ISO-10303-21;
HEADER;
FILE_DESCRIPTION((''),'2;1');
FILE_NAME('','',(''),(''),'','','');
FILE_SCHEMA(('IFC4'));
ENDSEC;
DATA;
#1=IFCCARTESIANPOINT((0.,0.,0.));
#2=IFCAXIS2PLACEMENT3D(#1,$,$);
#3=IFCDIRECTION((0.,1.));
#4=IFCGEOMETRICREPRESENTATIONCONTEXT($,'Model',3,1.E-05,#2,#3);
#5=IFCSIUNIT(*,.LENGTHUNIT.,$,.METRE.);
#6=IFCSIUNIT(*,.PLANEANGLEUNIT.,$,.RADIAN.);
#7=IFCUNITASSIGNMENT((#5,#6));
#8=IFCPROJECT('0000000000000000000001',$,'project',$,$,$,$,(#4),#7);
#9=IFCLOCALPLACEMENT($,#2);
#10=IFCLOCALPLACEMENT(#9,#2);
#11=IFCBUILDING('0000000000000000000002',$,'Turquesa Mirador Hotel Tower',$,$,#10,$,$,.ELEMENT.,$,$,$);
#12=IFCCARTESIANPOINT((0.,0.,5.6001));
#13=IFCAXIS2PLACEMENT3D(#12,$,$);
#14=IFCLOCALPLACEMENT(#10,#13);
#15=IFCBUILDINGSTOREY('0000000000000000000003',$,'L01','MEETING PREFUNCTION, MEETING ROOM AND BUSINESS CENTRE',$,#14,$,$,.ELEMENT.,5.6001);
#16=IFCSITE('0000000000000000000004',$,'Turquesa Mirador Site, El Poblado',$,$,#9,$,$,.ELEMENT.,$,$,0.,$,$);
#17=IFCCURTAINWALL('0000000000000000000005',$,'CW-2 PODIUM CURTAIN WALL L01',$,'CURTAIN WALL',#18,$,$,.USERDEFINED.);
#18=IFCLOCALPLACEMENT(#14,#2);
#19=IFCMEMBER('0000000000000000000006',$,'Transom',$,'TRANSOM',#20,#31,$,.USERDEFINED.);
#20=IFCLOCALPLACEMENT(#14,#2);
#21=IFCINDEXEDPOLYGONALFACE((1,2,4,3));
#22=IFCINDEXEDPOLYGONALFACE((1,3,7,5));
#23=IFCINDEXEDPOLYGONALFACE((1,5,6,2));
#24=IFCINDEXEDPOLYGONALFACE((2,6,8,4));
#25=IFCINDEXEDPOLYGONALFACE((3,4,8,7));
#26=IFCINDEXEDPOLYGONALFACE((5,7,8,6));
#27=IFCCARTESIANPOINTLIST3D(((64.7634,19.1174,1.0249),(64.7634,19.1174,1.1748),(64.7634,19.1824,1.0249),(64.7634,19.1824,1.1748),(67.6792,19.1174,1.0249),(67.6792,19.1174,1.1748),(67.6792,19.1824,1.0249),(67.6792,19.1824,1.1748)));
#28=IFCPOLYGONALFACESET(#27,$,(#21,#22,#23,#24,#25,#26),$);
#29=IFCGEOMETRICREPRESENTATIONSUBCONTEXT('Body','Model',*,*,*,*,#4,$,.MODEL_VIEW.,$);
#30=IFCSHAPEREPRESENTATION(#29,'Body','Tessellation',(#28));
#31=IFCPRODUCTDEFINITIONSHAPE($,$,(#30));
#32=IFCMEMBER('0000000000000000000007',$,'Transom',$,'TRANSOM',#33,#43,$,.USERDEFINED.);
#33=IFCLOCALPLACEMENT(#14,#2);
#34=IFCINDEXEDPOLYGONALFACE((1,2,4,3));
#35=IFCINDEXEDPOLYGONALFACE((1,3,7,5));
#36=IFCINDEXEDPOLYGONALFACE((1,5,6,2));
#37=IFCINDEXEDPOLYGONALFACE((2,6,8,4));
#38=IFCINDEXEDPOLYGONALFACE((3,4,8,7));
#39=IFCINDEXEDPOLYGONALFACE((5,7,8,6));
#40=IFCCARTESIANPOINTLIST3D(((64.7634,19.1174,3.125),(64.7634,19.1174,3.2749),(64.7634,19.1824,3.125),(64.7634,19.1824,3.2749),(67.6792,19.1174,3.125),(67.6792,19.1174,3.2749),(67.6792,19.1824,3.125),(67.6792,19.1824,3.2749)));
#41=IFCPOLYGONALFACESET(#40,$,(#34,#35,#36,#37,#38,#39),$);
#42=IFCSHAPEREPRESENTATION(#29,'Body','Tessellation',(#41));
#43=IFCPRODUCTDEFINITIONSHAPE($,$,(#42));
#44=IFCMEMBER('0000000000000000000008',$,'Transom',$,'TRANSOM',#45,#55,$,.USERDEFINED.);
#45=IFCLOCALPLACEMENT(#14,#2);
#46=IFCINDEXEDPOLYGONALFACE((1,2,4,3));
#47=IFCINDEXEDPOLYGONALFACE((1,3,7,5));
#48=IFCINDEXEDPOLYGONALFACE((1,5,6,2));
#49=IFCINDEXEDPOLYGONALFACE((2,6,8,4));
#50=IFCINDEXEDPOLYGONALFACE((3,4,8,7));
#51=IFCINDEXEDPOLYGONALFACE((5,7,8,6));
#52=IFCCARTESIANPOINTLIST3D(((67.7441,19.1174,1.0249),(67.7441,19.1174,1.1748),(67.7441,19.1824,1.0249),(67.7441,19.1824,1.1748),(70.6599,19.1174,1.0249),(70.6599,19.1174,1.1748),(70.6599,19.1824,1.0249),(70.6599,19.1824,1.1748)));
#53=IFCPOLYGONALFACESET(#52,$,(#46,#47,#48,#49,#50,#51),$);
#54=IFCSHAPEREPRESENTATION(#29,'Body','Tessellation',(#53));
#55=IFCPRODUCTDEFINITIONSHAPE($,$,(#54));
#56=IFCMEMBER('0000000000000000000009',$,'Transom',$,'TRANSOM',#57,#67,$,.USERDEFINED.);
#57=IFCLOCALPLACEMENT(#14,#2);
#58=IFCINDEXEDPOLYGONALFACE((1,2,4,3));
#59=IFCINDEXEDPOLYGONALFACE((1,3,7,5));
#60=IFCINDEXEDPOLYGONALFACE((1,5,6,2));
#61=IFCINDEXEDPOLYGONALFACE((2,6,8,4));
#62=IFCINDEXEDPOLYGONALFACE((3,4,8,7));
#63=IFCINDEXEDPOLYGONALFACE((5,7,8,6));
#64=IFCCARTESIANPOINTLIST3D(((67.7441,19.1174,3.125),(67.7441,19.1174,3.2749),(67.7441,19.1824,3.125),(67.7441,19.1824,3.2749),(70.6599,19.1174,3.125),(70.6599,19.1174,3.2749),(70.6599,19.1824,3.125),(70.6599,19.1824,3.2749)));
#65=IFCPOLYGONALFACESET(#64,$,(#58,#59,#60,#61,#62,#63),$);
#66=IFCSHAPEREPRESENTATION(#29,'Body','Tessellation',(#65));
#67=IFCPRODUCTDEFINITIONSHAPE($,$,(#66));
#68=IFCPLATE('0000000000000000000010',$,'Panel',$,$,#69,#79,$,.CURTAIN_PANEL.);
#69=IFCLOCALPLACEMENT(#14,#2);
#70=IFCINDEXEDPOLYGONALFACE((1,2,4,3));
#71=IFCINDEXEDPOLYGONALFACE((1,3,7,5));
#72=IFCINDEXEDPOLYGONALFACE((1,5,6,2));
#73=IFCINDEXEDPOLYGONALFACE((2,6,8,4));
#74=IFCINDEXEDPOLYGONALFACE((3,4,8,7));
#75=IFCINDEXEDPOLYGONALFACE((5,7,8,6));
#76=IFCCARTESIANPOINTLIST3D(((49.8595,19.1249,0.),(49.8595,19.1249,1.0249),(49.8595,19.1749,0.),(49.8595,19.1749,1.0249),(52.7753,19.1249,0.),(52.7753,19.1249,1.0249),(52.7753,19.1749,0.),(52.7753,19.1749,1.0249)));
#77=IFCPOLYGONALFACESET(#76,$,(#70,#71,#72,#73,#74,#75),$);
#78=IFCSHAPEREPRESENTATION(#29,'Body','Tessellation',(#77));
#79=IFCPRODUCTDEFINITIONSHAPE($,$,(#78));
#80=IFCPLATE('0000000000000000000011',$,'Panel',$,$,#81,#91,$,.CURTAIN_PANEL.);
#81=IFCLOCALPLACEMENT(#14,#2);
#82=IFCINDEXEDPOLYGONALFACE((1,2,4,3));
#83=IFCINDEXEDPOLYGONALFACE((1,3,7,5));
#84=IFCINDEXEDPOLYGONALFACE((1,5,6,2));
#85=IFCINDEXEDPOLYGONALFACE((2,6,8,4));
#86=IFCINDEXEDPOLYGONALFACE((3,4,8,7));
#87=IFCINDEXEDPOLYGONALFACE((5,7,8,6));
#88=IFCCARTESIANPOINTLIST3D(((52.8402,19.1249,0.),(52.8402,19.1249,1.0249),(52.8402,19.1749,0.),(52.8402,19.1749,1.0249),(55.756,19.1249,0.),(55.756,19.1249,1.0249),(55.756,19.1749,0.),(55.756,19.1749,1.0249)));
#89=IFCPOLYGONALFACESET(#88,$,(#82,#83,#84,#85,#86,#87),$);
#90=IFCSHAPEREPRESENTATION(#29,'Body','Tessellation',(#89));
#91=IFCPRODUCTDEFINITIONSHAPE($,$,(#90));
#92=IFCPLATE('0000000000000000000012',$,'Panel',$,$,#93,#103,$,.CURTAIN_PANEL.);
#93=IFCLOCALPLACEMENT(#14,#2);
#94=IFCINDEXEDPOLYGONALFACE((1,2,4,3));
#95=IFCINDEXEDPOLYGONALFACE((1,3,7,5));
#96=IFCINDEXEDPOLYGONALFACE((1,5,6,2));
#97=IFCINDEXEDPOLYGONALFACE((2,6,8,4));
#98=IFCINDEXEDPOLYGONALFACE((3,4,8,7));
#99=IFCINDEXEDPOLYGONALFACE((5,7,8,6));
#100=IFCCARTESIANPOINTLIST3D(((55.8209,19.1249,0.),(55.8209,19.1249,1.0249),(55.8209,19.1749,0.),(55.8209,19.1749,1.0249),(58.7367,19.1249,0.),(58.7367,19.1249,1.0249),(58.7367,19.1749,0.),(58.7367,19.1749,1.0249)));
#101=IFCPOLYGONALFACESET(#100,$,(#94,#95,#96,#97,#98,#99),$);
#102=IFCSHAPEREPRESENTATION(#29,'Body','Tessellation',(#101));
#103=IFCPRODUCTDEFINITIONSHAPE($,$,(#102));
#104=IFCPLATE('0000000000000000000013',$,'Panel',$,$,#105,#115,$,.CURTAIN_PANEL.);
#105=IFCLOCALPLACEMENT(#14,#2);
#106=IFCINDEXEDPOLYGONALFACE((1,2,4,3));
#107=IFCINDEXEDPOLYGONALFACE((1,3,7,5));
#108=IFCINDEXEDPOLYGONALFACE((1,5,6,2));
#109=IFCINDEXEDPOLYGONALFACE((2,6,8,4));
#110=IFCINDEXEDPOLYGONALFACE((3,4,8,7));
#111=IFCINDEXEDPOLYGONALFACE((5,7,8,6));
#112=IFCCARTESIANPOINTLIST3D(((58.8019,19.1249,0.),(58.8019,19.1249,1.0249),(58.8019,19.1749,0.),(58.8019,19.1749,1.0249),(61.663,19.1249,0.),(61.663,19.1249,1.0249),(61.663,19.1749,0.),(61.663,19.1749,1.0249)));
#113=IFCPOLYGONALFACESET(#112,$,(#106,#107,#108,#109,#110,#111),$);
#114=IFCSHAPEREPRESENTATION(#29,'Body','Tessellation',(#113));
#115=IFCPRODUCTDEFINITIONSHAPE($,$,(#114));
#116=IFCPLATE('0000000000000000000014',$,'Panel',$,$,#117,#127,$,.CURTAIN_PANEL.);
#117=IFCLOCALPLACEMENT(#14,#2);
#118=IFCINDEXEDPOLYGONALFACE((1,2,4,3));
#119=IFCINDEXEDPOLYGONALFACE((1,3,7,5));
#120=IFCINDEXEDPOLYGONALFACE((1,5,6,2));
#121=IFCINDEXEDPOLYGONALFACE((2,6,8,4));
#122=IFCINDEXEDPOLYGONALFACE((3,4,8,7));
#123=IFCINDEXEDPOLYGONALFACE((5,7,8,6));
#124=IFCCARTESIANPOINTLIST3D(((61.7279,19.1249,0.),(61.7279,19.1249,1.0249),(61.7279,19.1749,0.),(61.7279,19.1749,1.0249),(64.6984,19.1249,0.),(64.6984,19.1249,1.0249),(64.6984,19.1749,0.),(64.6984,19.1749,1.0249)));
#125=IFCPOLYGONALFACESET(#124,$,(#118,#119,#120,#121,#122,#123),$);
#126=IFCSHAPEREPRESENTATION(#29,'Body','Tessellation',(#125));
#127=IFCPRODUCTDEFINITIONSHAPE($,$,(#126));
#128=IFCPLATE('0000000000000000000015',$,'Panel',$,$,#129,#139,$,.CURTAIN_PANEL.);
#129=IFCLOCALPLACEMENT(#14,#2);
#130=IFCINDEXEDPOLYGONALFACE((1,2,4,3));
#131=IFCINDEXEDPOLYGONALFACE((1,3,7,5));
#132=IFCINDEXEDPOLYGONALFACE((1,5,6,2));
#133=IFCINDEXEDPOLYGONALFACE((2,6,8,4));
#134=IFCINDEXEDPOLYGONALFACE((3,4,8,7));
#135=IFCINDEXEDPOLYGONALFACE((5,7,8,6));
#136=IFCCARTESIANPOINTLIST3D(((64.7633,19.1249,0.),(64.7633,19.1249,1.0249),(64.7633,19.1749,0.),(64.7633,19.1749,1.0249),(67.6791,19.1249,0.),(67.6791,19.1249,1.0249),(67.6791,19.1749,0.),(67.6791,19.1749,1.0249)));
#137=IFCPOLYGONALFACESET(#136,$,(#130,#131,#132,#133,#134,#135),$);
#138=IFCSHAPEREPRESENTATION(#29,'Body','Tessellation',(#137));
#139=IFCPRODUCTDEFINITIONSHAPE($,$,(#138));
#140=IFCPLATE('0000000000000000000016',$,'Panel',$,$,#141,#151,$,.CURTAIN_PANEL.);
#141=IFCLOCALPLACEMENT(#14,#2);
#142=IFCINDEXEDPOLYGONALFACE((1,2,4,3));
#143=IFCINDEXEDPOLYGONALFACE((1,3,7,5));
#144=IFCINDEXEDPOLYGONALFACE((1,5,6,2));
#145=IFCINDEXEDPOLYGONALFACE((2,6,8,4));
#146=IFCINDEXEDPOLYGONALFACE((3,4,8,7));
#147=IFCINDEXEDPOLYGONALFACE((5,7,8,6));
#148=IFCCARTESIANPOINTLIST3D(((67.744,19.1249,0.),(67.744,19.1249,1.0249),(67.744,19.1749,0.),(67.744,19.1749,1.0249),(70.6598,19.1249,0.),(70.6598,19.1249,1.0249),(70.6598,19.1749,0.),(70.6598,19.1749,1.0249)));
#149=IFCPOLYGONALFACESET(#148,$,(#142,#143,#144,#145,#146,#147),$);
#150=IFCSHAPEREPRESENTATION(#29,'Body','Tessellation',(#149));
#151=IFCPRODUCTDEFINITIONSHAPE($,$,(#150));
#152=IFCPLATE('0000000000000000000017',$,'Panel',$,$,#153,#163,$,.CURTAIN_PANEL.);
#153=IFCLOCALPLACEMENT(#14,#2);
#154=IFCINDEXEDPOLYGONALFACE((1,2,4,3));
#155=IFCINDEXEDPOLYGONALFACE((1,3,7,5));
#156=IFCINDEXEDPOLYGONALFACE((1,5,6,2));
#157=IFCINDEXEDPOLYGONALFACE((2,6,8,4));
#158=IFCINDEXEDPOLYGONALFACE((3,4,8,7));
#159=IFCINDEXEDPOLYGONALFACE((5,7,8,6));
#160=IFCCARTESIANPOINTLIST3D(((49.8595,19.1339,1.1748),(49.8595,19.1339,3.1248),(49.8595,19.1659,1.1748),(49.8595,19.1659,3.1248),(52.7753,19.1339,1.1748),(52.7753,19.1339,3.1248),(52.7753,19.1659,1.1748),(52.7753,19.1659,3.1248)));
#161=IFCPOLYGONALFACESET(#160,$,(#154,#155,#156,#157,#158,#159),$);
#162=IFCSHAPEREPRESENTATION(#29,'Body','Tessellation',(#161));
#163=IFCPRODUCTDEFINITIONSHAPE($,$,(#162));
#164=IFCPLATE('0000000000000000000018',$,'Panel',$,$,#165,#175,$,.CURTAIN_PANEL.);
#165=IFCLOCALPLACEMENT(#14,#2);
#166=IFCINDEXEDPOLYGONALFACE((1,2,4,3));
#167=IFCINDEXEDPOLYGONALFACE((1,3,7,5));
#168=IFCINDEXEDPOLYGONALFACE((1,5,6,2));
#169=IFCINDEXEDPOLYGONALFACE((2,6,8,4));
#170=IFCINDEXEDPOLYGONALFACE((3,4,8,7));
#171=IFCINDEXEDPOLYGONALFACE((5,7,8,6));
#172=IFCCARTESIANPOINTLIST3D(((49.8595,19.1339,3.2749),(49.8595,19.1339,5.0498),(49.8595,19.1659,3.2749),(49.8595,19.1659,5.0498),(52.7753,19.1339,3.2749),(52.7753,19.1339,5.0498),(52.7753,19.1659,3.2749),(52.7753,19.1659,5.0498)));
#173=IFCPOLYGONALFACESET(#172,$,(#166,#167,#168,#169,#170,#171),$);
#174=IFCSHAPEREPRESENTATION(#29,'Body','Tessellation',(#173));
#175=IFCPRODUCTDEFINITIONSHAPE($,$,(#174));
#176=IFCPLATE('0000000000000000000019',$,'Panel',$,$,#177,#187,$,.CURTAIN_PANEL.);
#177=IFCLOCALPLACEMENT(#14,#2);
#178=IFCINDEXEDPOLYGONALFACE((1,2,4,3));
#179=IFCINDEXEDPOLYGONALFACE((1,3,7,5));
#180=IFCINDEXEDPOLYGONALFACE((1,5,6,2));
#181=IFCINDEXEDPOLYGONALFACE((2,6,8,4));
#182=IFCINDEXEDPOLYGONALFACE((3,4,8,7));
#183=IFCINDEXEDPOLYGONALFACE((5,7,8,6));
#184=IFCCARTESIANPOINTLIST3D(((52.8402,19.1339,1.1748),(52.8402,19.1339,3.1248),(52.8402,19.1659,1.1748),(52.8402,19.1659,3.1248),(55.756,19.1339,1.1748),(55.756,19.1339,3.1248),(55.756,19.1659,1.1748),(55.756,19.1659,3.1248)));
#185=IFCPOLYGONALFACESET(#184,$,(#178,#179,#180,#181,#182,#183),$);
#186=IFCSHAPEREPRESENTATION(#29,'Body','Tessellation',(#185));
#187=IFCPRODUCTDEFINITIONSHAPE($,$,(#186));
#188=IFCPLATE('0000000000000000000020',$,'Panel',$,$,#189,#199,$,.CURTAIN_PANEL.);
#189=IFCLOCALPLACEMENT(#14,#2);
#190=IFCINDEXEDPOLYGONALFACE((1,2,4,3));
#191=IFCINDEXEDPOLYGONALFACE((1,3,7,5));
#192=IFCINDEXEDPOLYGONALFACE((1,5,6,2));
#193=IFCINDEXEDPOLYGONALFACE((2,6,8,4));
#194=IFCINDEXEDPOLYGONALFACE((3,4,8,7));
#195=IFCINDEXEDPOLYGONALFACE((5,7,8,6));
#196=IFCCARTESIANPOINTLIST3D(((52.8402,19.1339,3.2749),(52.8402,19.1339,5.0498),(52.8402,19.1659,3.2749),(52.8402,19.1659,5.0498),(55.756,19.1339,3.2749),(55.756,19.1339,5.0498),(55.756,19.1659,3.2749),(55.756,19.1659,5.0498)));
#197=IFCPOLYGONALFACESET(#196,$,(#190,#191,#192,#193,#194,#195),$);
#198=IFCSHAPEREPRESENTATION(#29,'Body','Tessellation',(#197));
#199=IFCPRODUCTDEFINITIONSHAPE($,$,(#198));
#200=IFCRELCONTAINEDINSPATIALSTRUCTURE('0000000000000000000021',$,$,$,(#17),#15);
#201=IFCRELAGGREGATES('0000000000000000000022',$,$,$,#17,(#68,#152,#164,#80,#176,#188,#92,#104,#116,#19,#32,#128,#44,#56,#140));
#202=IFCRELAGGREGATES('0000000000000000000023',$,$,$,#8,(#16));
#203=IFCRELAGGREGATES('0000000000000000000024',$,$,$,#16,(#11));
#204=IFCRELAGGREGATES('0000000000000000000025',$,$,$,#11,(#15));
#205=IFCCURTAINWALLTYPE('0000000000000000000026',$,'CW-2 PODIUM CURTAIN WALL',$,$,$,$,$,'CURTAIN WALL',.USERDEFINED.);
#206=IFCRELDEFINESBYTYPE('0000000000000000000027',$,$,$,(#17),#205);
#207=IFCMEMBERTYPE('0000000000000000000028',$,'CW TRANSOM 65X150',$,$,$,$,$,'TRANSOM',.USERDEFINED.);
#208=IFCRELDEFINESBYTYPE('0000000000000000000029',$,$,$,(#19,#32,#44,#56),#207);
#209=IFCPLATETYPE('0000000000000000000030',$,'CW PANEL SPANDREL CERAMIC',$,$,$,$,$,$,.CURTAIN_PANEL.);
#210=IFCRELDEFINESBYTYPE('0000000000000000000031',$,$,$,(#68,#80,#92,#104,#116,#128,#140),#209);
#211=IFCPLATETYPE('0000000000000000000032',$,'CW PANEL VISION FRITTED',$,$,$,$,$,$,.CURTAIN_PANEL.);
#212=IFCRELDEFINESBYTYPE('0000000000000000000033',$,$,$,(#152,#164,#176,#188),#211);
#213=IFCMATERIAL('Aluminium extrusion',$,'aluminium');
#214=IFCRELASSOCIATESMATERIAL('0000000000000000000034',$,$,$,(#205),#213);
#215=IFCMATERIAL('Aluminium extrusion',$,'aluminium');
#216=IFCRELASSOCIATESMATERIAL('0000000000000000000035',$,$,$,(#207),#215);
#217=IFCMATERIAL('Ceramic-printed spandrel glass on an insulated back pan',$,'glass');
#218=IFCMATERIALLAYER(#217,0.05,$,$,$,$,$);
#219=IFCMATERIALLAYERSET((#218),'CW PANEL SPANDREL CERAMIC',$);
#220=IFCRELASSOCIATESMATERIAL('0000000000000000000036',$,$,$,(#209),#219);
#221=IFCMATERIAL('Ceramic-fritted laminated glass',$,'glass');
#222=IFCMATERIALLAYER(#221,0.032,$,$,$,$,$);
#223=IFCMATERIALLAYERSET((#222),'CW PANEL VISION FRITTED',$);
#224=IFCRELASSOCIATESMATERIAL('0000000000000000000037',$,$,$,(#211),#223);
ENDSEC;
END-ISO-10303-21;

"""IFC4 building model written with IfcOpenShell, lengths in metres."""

from ifc_helpers import new_model, si_unit, direction, frame, origin, origin_2d, place, context, subcontext, project, spatial, rectangle, extrude, material, layer, layer_set, material_profile, profile_set, type_object, element, aggregate, save


model = new_model("IFC4")

# Units and contexts
model_context = context("Model", 3, precision=1e-05, world=origin(), true_north=direction((0.0, 1.0)))
body_context = subcontext(model_context, "Body", "Model", "MODEL_VIEW")
ifc_project = project(units=[si_unit("LENGTHUNIT", "METRE"), si_unit("PLANEANGLEUNIT", "RADIAN")], contexts=[model_context])

# Site, building, storey
site_placement = place(None, origin())
site = spatial("IfcSite", under=ifc_project, at=site_placement, Name="Turquesa Mirador Site, El Poblado", CompositionType="ELEMENT", RefElevation=0.0)
building_placement = place(site_placement, origin())
building = spatial("IfcBuilding", under=site, at=building_placement, Name="Turquesa Mirador Hotel Tower", CompositionType="ELEMENT")
storey_placement = place(building_placement, frame((0.0, 0.0, 5.6001)))
storey = spatial("IfcBuildingStorey", under=building, at=storey_placement, Name="L01", Description="MEETING PREFUNCTION, MEETING ROOM AND BUSINESS CENTRE", CompositionType="ELEMENT", Elevation=5.6001)

# Curtain wall, members, plates
ifc_material_1 = material(Name="Aluminium extrusion", Category="aluminium")
curtain_wall_type = type_object("IfcCurtainWallType", Name="CW-2 PODIUM CURTAIN WALL", ElementType="CURTAIN WALL", PredefinedType="USERDEFINED", material=ifc_material_1)
curtain_wall_placement = place(storey_placement, origin())
curtain_wall = element("IfcCurtainWall", 1, at=curtain_wall_placement, inside=storey, type_object=curtain_wall_type, Name="CW-2 PODIUM CURTAIN WALL L01", ObjectType="CURTAIN WALL", PredefinedType="USERDEFINED")
ifc_material_2 = material(Name="Aluminium extrusion", Category="aluminium")
ifc_material_profile_1 = material_profile(ifc_material_2, rectangle(XDim=0.0649, YDim=0.1499, at=origin_2d()), Name="TRANSOM 65X150")
ifc_profile_set_1 = profile_set([ifc_material_profile_1], Name="Aluminium extrusion")
member_type_1 = type_object("IfcMemberType", Name="CW TRANSOM 65X150", ElementType="TRANSOM", PredefinedType="USERDEFINED", material=ifc_profile_set_1)
member_1_placement = place(storey_placement, frame((64.7634, 19.1499, 1.0999), z_axis=(1.0, 0.0, 0.0), x_axis=(0.0, 1.0, 0.0)))
member_1 = element("IfcMember", 2, at=member_1_placement, type_object=member_type_1, Name="Transom", ObjectType="TRANSOM", PredefinedType="USERDEFINED", context=body_context, shape_type="SweptSolid", body=[
    extrude(rectangle(XDim=0.0649, YDim=0.1499, at=origin_2d()), origin(), (0.0, 0.0, 1.0), 2.9158),
])
member_2_placement = place(storey_placement, frame((64.7634, 19.1499, 3.2), z_axis=(1.0, 0.0, 0.0), x_axis=(0.0, 1.0, 0.0)))
member_2 = element("IfcMember", 3, at=member_2_placement, type_object=member_type_1, Name="Transom", ObjectType="TRANSOM", PredefinedType="USERDEFINED", context=body_context, shape_type="SweptSolid", body=[
    extrude(rectangle(XDim=0.0649, YDim=0.1499, at=origin_2d()), origin(), (0.0, 0.0, 1.0), 2.9158),
])
member_3_placement = place(storey_placement, frame((67.7441, 19.1499, 1.0999), z_axis=(1.0, 0.0, 0.0), x_axis=(0.0, 1.0, 0.0)))
member_3 = element("IfcMember", 4, at=member_3_placement, type_object=member_type_1, Name="Transom", ObjectType="TRANSOM", PredefinedType="USERDEFINED", context=body_context, shape_type="SweptSolid", body=[
    extrude(rectangle(XDim=0.0649, YDim=0.1499, at=origin_2d()), origin(), (0.0, 0.0, 1.0), 2.9158),
])
member_4_placement = place(storey_placement, frame((67.7441, 19.1499, 3.2), z_axis=(1.0, 0.0, 0.0), x_axis=(0.0, 1.0, 0.0)))
member_4 = element("IfcMember", 5, at=member_4_placement, type_object=member_type_1, Name="Transom", ObjectType="TRANSOM", PredefinedType="USERDEFINED", context=body_context, shape_type="SweptSolid", body=[
    extrude(rectangle(XDim=0.0649, YDim=0.1499, at=origin_2d()), origin(), (0.0, 0.0, 1.0), 2.9158),
])
ifc_material_3 = material(Name="Ceramic-printed spandrel glass on an insulated back pan", Category="glass")
ifc_layer_1 = layer(ifc_material_3, 0.05)
ifc_layer_set_1 = layer_set([ifc_layer_1], Name="CW PANEL SPANDREL CERAMIC")
plate_type_1 = type_object("IfcPlateType", Name="CW PANEL SPANDREL CERAMIC", PredefinedType="CURTAIN_PANEL", material=ifc_layer_set_1)
plate_1_placement = place(storey_placement, frame((51.3174, 19.1499, 0.0), z_axis=(0.0, 0.0, 1.0), x_axis=(1.0, 0.0, 0.0)))
plate_1 = element("IfcPlate", 6, at=plate_1_placement, type_object=plate_type_1, Name="Panel", PredefinedType="CURTAIN_PANEL", context=body_context, shape_type="SweptSolid", body=[
    extrude(rectangle(XDim=2.9158, YDim=0.05, at=origin_2d()), origin(), (0.0, 0.0, 1.0), 1.0249),
])
plate_2_placement = place(storey_placement, frame((54.2981, 19.1499, 0.0), z_axis=(0.0, 0.0, 1.0), x_axis=(1.0, 0.0, 0.0)))
plate_2 = element("IfcPlate", 7, at=plate_2_placement, type_object=plate_type_1, Name="Panel", PredefinedType="CURTAIN_PANEL", context=body_context, shape_type="SweptSolid", body=[
    extrude(rectangle(XDim=2.9158, YDim=0.05, at=origin_2d()), origin(), (0.0, 0.0, 1.0), 1.0249),
])
plate_3_placement = place(storey_placement, frame((57.2788, 19.1499, 0.0), z_axis=(0.0, 0.0, 1.0), x_axis=(1.0, 0.0, 0.0)))
plate_3 = element("IfcPlate", 8, at=plate_3_placement, type_object=plate_type_1, Name="Panel", PredefinedType="CURTAIN_PANEL", context=body_context, shape_type="SweptSolid", body=[
    extrude(rectangle(XDim=2.9158, YDim=0.05, at=origin_2d()), origin(), (0.0, 0.0, 1.0), 1.0249),
])
plate_4_placement = place(storey_placement, frame((60.2324, 19.1499, 0.0), z_axis=(0.0, 0.0, 1.0), x_axis=(1.0, 0.0, 0.0)))
plate_4 = element("IfcPlate", 9, at=plate_4_placement, type_object=plate_type_1, Name="Panel", PredefinedType="CURTAIN_PANEL", context=body_context, shape_type="SweptSolid", body=[
    extrude(rectangle(XDim=2.8611, YDim=0.05, at=origin_2d()), origin(), (0.0, 0.0, 1.0), 1.0249),
])
plate_5_placement = place(storey_placement, frame((63.2131, 19.1499, 0.0), z_axis=(0.0, 0.0, 1.0), x_axis=(1.0, 0.0, 0.0)))
plate_5 = element("IfcPlate", 10, at=plate_5_placement, type_object=plate_type_1, Name="Panel", PredefinedType="CURTAIN_PANEL", context=body_context, shape_type="SweptSolid", body=[
    extrude(rectangle(XDim=2.9705, YDim=0.05, at=origin_2d()), origin(), (0.0, 0.0, 1.0), 1.0249),
])
plate_6_placement = place(storey_placement, frame((66.2212, 19.1499, 0.0), z_axis=(0.0, 0.0, 1.0), x_axis=(1.0, 0.0, 0.0)))
plate_6 = element("IfcPlate", 11, at=plate_6_placement, type_object=plate_type_1, Name="Panel", PredefinedType="CURTAIN_PANEL", context=body_context, shape_type="SweptSolid", body=[
    extrude(rectangle(XDim=2.9158, YDim=0.05, at=origin_2d()), origin(), (0.0, 0.0, 1.0), 1.0249),
])
plate_7_placement = place(storey_placement, frame((69.2019, 19.1499, 0.0), z_axis=(0.0, 0.0, 1.0), x_axis=(1.0, 0.0, 0.0)))
plate_7 = element("IfcPlate", 12, at=plate_7_placement, type_object=plate_type_1, Name="Panel", PredefinedType="CURTAIN_PANEL", context=body_context, shape_type="SweptSolid", body=[
    extrude(rectangle(XDim=2.9158, YDim=0.05, at=origin_2d()), origin(), (0.0, 0.0, 1.0), 1.0249),
])
ifc_material_4 = material(Name="Ceramic-fritted laminated glass", Category="glass")
ifc_layer_2 = layer(ifc_material_4, 0.032)
ifc_layer_set_2 = layer_set([ifc_layer_2], Name="CW PANEL VISION FRITTED")
plate_type_2 = type_object("IfcPlateType", Name="CW PANEL VISION FRITTED", PredefinedType="CURTAIN_PANEL", material=ifc_layer_set_2)
plate_8_placement = place(storey_placement, frame((51.3174, 19.1499, 1.1748), z_axis=(0.0, 0.0, 1.0), x_axis=(1.0, 0.0, 0.0)))
plate_8 = element("IfcPlate", 13, at=plate_8_placement, type_object=plate_type_2, Name="Panel", PredefinedType="CURTAIN_PANEL", context=body_context, shape_type="SweptSolid", body=[
    extrude(rectangle(XDim=2.9158, YDim=0.032, at=origin_2d()), origin(), (0.0, 0.0, 1.0), 1.95),
])
plate_9_placement = place(storey_placement, frame((51.3174, 19.1499, 3.2749), z_axis=(0.0, 0.0, 1.0), x_axis=(1.0, 0.0, 0.0)))
plate_9 = element("IfcPlate", 14, at=plate_9_placement, type_object=plate_type_2, Name="Panel", PredefinedType="CURTAIN_PANEL", context=body_context, shape_type="SweptSolid", body=[
    extrude(rectangle(XDim=2.9158, YDim=0.032, at=origin_2d()), origin(), (0.0, 0.0, 1.0), 1.7749),
])
plate_10_placement = place(storey_placement, frame((54.2981, 19.1499, 1.1748), z_axis=(0.0, 0.0, 1.0), x_axis=(1.0, 0.0, 0.0)))
plate_10 = element("IfcPlate", 15, at=plate_10_placement, type_object=plate_type_2, Name="Panel", PredefinedType="CURTAIN_PANEL", context=body_context, shape_type="SweptSolid", body=[
    extrude(rectangle(XDim=2.9158, YDim=0.032, at=origin_2d()), origin(), (0.0, 0.0, 1.0), 1.95),
])
plate_11_placement = place(storey_placement, frame((54.2981, 19.1499, 3.2749), z_axis=(0.0, 0.0, 1.0), x_axis=(1.0, 0.0, 0.0)))
plate_11 = element("IfcPlate", 16, at=plate_11_placement, type_object=plate_type_2, Name="Panel", PredefinedType="CURTAIN_PANEL", context=body_context, shape_type="SweptSolid", body=[
    extrude(rectangle(XDim=2.9158, YDim=0.032, at=origin_2d()), origin(), (0.0, 0.0, 1.0), 1.7749),
])
aggregate(curtain_wall, [plate_1, plate_8, plate_9, plate_2, plate_10, plate_11, plate_3, plate_4, plate_5, member_1, member_2, plate_6, member_3, member_4, plate_7])

save(model, "model.ifc")
